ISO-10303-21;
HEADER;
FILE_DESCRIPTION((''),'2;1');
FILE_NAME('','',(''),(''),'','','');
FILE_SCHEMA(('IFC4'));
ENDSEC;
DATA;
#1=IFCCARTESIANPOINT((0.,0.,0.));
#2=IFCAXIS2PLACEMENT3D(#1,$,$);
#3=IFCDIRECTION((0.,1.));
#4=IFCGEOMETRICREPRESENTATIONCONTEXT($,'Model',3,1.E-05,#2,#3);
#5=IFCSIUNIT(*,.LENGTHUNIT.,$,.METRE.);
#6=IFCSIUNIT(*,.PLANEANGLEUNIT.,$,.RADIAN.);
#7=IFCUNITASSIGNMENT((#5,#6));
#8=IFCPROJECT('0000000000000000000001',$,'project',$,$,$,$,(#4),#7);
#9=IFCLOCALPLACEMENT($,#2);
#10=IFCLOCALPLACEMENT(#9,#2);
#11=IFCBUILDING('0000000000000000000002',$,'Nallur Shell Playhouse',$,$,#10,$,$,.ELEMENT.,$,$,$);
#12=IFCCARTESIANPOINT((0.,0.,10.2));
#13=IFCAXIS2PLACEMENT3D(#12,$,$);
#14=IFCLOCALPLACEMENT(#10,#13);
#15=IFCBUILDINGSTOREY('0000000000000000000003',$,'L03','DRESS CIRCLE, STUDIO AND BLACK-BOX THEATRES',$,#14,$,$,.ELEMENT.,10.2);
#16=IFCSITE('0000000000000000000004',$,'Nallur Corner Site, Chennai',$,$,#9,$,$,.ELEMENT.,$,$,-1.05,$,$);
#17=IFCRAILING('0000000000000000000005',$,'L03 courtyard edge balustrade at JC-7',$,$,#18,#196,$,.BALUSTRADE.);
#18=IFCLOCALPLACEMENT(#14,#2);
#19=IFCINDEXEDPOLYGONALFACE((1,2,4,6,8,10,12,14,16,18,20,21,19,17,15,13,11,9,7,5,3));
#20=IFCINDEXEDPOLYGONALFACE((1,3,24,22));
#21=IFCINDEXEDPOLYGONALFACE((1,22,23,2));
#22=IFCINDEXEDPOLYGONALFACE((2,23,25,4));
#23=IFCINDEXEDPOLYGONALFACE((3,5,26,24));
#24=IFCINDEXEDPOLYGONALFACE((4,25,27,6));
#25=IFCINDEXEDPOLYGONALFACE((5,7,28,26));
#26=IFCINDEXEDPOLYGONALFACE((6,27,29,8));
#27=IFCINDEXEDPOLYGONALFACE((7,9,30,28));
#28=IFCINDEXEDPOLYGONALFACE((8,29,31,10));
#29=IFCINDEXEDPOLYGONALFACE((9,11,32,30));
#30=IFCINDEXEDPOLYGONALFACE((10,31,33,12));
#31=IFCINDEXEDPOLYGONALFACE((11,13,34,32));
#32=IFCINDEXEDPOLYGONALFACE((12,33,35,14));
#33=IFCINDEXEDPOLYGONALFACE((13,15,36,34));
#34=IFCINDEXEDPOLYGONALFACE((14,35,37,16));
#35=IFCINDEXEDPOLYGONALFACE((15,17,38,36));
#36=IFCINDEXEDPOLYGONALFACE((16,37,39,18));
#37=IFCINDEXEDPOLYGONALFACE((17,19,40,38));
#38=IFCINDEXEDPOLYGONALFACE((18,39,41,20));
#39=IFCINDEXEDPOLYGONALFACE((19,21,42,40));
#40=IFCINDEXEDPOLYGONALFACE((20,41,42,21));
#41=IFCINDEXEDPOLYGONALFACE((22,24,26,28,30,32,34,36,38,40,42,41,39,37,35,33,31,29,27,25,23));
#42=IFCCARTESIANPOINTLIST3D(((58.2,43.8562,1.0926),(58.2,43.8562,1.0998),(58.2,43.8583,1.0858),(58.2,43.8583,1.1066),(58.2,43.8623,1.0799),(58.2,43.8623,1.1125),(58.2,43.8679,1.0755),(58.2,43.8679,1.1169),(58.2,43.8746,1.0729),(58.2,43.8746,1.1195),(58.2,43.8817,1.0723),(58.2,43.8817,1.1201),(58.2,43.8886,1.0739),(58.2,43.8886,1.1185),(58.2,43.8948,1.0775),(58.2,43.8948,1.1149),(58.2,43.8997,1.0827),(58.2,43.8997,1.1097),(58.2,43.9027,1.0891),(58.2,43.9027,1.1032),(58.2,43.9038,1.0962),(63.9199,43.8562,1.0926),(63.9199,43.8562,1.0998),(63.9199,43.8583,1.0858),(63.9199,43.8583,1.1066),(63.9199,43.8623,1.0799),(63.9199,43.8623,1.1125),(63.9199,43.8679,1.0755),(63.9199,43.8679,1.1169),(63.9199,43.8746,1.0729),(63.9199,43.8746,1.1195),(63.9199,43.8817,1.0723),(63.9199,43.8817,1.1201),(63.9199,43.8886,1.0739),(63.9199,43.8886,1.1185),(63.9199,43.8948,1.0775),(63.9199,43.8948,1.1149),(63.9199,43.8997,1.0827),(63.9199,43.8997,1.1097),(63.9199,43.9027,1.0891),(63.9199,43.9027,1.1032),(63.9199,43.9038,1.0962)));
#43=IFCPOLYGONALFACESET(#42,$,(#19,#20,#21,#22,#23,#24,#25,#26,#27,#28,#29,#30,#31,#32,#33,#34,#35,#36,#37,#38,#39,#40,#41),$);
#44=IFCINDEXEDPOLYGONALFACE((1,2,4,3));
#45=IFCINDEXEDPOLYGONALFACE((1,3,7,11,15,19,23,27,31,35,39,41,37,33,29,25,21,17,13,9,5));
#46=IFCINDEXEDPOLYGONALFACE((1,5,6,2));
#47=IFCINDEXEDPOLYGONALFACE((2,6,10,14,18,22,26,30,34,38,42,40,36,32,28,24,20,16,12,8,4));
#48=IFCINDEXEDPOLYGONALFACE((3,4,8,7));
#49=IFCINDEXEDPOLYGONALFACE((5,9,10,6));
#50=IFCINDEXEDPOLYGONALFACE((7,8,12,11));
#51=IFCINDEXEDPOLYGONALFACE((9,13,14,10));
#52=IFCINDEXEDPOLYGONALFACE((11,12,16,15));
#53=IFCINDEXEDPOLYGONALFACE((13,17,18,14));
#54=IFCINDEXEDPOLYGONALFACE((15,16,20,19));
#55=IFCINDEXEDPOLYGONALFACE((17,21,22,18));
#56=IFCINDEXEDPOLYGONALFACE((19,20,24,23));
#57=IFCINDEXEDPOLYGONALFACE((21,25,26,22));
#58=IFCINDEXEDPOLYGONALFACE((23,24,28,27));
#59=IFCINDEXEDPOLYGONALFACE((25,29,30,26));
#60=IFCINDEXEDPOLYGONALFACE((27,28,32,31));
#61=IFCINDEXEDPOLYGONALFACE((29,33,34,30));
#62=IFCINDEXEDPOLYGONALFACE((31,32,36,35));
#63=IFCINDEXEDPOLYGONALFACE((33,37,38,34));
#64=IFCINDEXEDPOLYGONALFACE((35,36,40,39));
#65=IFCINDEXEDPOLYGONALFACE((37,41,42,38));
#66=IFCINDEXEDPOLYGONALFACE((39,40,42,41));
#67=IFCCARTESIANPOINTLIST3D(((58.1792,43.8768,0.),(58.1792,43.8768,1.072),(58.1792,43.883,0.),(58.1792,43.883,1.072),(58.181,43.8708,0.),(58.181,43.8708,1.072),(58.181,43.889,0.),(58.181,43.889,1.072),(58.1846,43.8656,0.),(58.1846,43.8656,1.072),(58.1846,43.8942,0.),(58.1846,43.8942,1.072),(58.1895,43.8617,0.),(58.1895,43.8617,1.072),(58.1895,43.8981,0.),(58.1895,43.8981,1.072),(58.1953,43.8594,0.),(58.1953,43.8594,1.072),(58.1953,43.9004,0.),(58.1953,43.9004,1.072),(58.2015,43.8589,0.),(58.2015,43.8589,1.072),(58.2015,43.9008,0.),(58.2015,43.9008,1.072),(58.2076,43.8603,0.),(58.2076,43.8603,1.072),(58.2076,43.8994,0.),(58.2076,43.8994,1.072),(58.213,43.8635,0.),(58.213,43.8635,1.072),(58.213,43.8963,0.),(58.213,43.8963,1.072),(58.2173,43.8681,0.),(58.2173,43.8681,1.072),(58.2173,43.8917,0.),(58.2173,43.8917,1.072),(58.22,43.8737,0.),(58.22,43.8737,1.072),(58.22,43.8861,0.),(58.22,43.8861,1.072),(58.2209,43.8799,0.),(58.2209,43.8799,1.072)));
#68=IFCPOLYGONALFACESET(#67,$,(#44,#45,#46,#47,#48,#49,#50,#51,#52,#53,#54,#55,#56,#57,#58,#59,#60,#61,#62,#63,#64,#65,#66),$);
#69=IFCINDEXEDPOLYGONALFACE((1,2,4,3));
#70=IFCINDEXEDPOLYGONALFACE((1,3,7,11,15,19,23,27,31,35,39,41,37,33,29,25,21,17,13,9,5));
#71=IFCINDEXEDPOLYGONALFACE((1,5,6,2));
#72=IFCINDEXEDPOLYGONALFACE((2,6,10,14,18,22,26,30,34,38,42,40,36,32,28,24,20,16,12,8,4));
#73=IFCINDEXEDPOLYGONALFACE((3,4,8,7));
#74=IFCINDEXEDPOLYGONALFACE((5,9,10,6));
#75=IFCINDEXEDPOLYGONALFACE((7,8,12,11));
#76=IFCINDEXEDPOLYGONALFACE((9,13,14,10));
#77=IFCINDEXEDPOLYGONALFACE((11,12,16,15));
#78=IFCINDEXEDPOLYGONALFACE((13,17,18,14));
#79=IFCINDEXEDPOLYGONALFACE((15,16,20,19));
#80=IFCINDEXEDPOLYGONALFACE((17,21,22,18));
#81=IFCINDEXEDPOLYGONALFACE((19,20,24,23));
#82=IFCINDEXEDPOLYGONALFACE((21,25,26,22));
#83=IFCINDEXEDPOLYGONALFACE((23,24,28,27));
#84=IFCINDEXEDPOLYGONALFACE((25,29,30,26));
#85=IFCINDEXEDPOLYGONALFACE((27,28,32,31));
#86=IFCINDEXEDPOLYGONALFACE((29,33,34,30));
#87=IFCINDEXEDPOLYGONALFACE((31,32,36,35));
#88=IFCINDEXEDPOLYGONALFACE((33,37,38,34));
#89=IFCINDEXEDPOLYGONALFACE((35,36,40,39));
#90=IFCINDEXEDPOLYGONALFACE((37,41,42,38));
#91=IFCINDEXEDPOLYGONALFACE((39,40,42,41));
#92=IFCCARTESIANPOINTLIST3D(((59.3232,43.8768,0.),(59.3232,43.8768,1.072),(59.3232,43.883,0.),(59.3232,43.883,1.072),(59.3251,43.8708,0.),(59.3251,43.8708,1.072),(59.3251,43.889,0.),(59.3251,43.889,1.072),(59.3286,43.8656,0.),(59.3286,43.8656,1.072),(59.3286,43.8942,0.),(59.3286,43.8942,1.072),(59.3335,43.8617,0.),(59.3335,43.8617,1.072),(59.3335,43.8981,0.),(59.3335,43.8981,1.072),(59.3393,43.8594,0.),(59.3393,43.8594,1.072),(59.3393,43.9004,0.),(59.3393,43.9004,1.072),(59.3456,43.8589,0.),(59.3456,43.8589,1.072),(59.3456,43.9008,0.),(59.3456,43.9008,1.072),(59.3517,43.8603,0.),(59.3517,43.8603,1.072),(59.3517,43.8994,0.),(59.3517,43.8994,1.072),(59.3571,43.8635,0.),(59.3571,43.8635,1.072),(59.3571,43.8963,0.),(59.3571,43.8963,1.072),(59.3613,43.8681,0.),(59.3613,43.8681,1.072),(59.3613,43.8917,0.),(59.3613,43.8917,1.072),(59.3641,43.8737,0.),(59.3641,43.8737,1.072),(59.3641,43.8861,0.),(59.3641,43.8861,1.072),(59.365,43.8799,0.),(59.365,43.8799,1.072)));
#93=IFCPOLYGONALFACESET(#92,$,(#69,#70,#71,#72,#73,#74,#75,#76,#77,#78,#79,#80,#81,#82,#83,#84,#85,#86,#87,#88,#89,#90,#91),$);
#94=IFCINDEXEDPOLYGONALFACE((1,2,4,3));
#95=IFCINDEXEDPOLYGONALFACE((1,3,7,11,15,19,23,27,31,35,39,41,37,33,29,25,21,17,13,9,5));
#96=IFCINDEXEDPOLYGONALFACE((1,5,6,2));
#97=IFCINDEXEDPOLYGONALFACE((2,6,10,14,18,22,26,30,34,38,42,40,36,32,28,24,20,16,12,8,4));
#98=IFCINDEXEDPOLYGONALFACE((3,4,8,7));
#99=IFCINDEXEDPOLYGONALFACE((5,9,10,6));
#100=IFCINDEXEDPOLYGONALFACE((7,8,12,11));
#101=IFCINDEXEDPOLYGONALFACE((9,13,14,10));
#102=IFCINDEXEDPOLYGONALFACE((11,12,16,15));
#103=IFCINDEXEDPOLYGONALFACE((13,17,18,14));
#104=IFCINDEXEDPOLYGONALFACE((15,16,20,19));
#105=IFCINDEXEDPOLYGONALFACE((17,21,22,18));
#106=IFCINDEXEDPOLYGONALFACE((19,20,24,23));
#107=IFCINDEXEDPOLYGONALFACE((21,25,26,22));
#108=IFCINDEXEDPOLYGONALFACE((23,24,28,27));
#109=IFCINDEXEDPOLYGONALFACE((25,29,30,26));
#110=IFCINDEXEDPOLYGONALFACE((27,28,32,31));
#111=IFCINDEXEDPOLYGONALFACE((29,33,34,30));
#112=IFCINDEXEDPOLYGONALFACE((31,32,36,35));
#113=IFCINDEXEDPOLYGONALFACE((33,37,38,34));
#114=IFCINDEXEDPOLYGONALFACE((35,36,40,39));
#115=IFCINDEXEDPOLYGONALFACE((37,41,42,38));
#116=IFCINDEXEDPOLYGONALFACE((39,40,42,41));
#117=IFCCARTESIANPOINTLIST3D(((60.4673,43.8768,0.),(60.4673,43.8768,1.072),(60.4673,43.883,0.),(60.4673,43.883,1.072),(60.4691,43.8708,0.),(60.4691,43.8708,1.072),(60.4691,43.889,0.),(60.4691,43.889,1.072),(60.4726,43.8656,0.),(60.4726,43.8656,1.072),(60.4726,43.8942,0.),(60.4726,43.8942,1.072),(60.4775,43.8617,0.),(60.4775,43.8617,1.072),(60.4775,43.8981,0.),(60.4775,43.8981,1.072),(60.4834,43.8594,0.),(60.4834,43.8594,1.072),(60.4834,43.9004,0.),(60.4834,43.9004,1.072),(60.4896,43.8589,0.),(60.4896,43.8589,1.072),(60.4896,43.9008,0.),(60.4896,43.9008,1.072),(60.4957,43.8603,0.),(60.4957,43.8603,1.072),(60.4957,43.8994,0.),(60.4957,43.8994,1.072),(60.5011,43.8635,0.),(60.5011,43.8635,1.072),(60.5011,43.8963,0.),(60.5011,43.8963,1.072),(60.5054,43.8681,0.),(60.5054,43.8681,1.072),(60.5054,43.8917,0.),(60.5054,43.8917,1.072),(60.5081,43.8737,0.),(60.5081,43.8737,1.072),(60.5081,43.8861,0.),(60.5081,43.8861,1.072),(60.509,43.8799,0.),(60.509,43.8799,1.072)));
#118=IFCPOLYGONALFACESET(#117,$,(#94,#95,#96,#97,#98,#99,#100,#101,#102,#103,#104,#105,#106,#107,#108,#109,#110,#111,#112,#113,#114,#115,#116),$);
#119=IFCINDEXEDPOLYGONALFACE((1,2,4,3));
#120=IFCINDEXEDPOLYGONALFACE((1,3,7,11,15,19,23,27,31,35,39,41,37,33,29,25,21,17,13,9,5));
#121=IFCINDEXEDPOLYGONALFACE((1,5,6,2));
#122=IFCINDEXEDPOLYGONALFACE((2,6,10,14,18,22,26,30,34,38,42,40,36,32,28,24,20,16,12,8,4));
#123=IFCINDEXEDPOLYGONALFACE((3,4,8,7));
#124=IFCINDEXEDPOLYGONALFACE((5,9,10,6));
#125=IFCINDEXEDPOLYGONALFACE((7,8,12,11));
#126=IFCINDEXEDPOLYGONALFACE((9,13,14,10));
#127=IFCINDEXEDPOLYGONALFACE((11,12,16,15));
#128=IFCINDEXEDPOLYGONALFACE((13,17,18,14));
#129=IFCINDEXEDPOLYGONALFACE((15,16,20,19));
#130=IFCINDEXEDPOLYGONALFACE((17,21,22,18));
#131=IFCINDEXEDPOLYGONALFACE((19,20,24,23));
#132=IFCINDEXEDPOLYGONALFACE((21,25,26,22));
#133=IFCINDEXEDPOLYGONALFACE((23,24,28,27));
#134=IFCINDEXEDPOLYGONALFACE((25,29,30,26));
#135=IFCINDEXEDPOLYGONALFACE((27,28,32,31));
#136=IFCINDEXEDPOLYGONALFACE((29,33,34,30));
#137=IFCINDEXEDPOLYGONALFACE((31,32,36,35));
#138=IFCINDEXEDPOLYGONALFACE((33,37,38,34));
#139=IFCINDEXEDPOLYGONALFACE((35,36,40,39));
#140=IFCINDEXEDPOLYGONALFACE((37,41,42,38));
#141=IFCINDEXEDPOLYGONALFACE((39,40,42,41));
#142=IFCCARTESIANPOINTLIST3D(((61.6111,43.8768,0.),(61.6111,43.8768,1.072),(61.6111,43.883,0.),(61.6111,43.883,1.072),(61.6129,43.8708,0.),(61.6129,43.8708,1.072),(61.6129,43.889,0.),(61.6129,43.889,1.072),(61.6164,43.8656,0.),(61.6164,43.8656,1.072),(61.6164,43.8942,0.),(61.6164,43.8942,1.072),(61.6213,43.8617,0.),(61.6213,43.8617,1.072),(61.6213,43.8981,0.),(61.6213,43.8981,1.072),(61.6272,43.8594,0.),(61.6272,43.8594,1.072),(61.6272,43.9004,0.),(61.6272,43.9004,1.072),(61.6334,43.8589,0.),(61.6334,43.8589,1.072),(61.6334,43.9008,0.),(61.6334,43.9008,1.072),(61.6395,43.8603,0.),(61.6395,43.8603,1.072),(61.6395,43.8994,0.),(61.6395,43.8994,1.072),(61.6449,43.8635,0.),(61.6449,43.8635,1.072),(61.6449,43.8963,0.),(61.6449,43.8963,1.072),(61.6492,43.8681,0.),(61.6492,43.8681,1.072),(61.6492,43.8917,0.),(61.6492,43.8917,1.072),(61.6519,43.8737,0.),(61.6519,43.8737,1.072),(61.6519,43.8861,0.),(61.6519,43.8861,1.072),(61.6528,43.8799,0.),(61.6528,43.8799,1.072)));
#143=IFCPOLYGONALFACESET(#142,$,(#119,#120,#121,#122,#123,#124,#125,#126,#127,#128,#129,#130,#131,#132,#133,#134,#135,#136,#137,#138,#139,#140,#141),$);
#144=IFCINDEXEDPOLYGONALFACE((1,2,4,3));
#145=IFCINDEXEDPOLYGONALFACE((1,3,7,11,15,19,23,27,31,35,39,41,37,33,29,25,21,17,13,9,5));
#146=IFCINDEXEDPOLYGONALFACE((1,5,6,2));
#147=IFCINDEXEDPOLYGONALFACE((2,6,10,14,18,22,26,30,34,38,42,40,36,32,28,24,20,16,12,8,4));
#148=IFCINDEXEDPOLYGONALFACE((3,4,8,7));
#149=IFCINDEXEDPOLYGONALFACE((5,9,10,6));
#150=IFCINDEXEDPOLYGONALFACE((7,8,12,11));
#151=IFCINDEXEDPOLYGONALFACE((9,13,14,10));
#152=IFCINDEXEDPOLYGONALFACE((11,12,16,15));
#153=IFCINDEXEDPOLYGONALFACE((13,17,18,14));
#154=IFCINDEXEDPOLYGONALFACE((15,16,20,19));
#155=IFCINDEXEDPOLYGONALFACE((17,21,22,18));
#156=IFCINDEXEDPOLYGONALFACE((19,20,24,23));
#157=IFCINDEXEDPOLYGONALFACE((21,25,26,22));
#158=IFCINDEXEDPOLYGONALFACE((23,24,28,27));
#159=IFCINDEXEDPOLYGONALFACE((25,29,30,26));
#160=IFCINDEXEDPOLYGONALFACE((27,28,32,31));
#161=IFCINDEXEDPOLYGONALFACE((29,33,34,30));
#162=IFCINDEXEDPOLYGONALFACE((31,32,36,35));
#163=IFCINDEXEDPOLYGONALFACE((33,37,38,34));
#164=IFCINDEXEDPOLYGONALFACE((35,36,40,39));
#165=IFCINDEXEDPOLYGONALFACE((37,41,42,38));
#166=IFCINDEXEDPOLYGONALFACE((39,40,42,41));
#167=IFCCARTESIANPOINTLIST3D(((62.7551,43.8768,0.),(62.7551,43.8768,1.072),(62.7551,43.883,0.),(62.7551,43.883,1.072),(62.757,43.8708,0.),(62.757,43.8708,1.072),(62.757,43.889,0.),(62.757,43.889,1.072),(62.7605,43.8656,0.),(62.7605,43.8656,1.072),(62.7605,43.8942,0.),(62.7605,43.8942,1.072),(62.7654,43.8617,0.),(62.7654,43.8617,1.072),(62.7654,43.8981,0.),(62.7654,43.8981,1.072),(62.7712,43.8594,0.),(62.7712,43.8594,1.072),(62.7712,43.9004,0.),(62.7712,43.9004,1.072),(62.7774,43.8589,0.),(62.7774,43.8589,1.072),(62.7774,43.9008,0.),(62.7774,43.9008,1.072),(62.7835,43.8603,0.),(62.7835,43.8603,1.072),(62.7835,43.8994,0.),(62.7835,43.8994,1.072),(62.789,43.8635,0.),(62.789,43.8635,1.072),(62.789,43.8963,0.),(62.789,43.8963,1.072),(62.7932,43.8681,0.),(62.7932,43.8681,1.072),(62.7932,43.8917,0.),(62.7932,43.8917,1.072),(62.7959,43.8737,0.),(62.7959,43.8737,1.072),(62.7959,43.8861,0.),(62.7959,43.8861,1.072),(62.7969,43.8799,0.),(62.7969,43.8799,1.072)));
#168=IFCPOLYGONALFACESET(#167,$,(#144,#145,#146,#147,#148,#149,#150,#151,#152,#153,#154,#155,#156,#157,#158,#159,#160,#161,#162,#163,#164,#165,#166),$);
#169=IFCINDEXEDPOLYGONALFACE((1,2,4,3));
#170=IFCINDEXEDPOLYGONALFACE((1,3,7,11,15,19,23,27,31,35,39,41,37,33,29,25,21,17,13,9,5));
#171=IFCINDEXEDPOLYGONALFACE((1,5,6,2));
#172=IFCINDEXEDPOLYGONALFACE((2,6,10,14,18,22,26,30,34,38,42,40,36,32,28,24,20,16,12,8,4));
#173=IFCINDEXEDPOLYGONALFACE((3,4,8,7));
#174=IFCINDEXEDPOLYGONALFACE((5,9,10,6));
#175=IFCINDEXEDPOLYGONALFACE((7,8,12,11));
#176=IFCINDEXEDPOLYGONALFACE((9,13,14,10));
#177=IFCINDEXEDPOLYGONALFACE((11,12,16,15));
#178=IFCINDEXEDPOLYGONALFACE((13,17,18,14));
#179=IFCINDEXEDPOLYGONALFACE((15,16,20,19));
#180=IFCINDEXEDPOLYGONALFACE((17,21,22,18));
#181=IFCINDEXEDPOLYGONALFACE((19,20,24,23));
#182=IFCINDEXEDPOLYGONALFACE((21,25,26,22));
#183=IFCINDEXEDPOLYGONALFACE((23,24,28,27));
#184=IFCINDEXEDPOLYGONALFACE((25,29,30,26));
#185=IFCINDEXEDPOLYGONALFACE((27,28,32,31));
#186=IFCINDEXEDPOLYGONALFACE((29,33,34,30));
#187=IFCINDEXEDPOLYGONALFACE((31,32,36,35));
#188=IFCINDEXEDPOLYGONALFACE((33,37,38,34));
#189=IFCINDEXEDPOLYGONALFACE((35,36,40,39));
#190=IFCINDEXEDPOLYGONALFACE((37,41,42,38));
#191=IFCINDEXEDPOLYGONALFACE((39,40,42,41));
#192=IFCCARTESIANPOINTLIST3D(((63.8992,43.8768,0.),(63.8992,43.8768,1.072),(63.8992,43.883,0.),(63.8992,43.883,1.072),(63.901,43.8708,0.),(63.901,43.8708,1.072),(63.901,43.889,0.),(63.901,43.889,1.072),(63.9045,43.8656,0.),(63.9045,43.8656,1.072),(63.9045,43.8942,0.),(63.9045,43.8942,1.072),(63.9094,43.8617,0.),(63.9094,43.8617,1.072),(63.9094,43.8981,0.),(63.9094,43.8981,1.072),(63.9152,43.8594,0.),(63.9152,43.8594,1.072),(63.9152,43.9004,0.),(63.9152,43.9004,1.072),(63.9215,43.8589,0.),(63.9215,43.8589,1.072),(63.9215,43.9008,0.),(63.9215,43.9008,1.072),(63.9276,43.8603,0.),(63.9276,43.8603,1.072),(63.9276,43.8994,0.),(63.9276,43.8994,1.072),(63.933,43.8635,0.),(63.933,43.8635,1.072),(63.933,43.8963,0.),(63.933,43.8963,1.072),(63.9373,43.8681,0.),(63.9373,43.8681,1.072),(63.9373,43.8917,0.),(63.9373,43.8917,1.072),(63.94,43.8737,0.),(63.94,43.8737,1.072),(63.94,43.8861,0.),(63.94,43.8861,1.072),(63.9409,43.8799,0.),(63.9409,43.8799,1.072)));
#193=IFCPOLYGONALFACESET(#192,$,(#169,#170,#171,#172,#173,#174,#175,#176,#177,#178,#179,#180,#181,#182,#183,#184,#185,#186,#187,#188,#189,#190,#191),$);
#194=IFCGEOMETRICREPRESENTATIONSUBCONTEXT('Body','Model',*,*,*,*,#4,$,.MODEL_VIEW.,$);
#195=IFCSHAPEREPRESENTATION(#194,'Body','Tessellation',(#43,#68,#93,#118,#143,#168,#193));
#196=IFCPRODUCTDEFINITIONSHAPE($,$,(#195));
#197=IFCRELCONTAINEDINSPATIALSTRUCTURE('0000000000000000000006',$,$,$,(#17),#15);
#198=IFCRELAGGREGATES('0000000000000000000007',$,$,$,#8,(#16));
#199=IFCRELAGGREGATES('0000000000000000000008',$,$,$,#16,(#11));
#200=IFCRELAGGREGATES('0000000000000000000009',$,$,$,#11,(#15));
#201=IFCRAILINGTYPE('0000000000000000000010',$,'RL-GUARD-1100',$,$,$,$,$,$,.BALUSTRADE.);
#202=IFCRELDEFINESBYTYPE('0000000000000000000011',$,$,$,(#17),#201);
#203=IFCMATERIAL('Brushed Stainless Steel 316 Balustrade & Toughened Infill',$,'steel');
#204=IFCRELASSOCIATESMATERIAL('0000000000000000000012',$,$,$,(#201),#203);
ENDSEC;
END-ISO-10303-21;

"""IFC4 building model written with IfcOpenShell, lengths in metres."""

from ifc_helpers import new_model, si_unit, direction, frame, origin, origin_2d, place, context, subcontext, project, spatial, circle, extrude, material, type_object, element, save


model = new_model("IFC4")

# Units and contexts
model_context = context("Model", 3, precision=1e-05, world=origin(), true_north=direction((0.0, 1.0)))
body_context = subcontext(model_context, "Body", "Model", "MODEL_VIEW")
ifc_project = project(units=[si_unit("LENGTHUNIT", "METRE"), si_unit("PLANEANGLEUNIT", "RADIAN")], contexts=[model_context])

# Site, building, storey
site_placement = place(None, origin())
site = spatial("IfcSite", under=ifc_project, at=site_placement, Name="Nallur Corner Site, Chennai", CompositionType="ELEMENT", RefElevation=-1.05)
building_placement = place(site_placement, origin())
building = spatial("IfcBuilding", under=site, at=building_placement, Name="Nallur Shell Playhouse", CompositionType="ELEMENT")
storey_placement = place(building_placement, frame((0.0, 0.0, 10.2)))
storey = spatial("IfcBuildingStorey", under=building, at=storey_placement, Name="L03", Description="DRESS CIRCLE, STUDIO AND BLACK-BOX THEATRES", CompositionType="ELEMENT", Elevation=10.2)

# Railing
ifc_material_1 = material(Name="Brushed Stainless Steel 316 Balustrade & Toughened Infill", Category="steel")
railing_type = type_object("IfcRailingType", Name="RL-GUARD-1100", PredefinedType="BALUSTRADE", material=ifc_material_1)
railing_placement = place(storey_placement, frame((58.2, 43.8799, 0.0)))
element("IfcRailing", 1, at=railing_placement, inside=storey, type_object=railing_type, Name="L03 courtyard edge balustrade at JC-7", PredefinedType="BALUSTRADE", context=body_context, shape_type="SweptSolid", body=[
    extrude(circle(Radius=0.0239, at=origin_2d()), frame((0.0, 0.0, 1.0962), z_axis=(1.0, 0.0, 0.0), x_axis=(0.0, 1.0, 0.0)), (0.0, 0.0, 1.0), 5.72),
    extrude(circle(Radius=0.021, at=origin_2d()), origin(), (0.0, 0.0, 1.0), 1.072),
    extrude(circle(Radius=0.021, at=origin_2d()), frame((1.144, 0.0, 0.0)), (0.0, 0.0, 1.0), 1.072),
    extrude(circle(Radius=0.021, at=origin_2d()), frame((2.2881, 0.0, 0.0)), (0.0, 0.0, 1.0), 1.072),
    extrude(circle(Radius=0.021, at=origin_2d()), frame((3.4319, 0.0, 0.0)), (0.0, 0.0, 1.0), 1.072),
    extrude(circle(Radius=0.021, at=origin_2d()), frame((4.5759, 0.0, 0.0)), (0.0, 0.0, 1.0), 1.072),
    extrude(circle(Radius=0.021, at=origin_2d()), frame((5.72, 0.0, 0.0)), (0.0, 0.0, 1.0), 1.072),
])

save(model, "model.ifc")
